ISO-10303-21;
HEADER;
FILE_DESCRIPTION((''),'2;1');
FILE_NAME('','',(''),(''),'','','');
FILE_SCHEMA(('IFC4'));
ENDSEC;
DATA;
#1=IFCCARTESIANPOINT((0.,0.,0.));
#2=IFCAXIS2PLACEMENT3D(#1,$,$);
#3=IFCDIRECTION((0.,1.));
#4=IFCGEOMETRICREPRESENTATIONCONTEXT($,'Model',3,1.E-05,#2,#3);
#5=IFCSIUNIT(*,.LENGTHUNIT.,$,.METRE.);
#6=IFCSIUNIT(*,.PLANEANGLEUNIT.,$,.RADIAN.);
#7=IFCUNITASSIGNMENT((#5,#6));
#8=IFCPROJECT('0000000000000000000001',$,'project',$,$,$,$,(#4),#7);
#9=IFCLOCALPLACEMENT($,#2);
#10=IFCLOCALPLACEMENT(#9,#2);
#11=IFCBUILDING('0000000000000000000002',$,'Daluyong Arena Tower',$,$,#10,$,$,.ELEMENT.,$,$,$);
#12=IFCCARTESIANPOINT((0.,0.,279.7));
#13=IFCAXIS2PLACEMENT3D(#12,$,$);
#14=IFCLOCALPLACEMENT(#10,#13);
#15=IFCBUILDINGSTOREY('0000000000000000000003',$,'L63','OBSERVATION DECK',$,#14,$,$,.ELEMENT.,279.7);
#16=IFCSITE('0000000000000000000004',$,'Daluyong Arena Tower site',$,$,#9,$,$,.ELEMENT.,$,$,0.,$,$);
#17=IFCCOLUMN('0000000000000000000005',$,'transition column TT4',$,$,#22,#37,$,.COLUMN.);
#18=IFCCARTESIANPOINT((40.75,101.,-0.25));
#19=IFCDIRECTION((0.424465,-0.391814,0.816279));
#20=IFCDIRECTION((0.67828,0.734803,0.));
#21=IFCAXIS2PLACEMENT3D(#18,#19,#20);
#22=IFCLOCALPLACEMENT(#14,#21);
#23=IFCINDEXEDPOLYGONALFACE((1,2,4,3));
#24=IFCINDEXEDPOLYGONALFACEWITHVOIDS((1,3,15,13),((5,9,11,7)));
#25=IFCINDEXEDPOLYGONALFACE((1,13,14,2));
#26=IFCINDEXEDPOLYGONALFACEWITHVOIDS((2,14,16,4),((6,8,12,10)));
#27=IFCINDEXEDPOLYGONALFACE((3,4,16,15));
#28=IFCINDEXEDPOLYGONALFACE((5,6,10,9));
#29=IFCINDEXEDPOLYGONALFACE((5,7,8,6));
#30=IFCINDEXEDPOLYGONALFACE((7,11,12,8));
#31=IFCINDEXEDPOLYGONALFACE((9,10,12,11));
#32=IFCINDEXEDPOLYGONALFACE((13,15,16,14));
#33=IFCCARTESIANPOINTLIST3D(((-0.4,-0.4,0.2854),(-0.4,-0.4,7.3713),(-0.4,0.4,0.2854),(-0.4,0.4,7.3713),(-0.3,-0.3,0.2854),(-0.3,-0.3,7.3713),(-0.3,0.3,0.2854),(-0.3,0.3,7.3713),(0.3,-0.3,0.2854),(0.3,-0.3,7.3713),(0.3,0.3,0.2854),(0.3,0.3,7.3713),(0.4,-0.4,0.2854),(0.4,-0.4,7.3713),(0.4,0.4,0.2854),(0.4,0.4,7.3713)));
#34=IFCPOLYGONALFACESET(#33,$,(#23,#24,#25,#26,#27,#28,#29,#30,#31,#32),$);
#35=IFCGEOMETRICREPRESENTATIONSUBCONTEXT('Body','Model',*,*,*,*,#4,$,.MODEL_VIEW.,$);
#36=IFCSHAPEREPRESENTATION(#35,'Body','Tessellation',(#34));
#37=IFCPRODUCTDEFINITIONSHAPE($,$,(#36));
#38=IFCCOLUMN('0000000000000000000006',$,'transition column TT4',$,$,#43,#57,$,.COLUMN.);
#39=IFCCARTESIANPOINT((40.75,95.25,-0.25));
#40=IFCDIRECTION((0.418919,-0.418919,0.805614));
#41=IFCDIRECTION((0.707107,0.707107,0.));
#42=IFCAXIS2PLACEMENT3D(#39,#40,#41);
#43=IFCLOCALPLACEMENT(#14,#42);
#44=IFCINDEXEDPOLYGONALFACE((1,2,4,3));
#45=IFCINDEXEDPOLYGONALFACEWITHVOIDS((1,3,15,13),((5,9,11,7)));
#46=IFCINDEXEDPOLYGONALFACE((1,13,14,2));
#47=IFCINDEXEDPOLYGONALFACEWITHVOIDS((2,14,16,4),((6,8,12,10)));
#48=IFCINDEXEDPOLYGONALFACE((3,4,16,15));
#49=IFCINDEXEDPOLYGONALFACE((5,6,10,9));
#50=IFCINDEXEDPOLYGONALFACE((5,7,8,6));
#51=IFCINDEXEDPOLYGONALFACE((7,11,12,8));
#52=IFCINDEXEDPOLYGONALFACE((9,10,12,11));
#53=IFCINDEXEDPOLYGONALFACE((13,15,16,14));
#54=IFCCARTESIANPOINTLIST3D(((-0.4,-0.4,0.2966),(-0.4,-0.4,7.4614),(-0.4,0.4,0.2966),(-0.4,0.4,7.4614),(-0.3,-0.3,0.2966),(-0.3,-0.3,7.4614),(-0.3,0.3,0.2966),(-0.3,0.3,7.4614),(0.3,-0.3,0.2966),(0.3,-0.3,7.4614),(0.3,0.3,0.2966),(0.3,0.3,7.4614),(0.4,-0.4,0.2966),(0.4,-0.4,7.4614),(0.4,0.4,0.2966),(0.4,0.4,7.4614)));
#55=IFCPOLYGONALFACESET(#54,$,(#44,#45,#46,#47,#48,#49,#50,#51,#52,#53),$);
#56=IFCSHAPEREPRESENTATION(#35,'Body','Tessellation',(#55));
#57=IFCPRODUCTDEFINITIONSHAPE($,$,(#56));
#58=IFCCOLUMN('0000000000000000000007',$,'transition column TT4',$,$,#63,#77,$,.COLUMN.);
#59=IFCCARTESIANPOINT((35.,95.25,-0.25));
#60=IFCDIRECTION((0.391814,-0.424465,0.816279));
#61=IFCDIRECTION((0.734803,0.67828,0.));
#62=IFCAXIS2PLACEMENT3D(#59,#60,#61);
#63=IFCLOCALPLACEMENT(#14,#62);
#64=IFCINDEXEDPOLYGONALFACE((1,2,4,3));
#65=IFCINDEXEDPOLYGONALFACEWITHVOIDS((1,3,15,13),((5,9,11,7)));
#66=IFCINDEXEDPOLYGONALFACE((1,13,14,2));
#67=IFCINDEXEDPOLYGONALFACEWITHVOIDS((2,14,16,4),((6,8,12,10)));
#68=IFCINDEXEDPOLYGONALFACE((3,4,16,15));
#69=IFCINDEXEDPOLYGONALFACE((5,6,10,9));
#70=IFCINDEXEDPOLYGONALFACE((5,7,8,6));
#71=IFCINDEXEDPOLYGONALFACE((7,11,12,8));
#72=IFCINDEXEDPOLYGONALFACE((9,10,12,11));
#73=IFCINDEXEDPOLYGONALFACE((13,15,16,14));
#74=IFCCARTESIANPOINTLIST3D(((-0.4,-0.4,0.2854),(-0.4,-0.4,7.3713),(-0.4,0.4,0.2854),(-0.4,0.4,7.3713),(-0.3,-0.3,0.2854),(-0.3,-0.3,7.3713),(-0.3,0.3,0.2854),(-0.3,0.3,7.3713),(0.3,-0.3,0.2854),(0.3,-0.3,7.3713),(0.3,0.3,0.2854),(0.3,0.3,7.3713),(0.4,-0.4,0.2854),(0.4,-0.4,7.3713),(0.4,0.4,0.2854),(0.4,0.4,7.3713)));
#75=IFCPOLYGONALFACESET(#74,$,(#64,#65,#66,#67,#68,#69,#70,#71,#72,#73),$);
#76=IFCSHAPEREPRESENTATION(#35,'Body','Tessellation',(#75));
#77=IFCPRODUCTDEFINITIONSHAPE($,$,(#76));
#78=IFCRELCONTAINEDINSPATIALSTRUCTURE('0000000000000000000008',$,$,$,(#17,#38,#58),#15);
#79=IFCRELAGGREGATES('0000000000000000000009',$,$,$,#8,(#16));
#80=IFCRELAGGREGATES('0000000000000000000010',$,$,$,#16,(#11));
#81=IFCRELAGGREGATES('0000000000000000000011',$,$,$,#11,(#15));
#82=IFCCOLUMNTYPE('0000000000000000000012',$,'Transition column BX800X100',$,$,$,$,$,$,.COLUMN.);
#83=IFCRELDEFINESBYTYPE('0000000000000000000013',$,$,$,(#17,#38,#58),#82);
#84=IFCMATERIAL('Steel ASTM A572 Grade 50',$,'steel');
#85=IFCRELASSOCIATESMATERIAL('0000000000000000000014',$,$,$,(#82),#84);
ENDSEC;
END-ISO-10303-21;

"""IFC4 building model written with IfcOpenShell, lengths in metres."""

from ifc_helpers import new_model, si_unit, direction, frame, origin, origin_2d, place, context, subcontext, project, spatial, hollow_rectangle, extrude, clip, halfspace, material, material_profile, profile_set, type_object, element, save


model = new_model("IFC4")

# Units and contexts
model_context = context("Model", 3, precision=1e-05, world=origin(), true_north=direction((0.0, 1.0)))
body_context = subcontext(model_context, "Body", "Model", "MODEL_VIEW")
ifc_project = project(units=[si_unit("LENGTHUNIT", "METRE"), si_unit("PLANEANGLEUNIT", "RADIAN")], contexts=[model_context])

# Site, building, storey
site_placement = place(None, origin())
site = spatial("IfcSite", under=ifc_project, at=site_placement, Name="Daluyong Arena Tower site", CompositionType="ELEMENT", RefElevation=0.0)
building_placement = place(site_placement, origin())
building = spatial("IfcBuilding", under=site, at=building_placement, Name="Daluyong Arena Tower", CompositionType="ELEMENT")
storey_placement = place(building_placement, frame((0.0, 0.0, 279.7)))
storey = spatial("IfcBuildingStorey", under=building, at=storey_placement, Name="L63", Description="OBSERVATION DECK", CompositionType="ELEMENT", Elevation=279.7)

# Columns
ifc_material_1 = material(Name="Steel ASTM A572 Grade 50", Category="steel")
ifc_material_profile_1 = material_profile(ifc_material_1, hollow_rectangle(XDim=0.8, YDim=0.8, WallThickness=0.1, at=origin_2d()))
ifc_profile_set_1 = profile_set([ifc_material_profile_1], Name="Steel ASTM A572 Grade 50")
column_type_1 = type_object("IfcColumnType", Name="Transition column BX800X100", PredefinedType="COLUMN", material=ifc_profile_set_1)
column_1_placement = place(storey_placement, frame((40.75, 101.0, -0.25), z_axis=(0.424465, -0.391814, 0.816279), x_axis=(0.67828, 0.734803, 0.0)))
element("IfcColumn", 1, at=column_1_placement, inside=storey, type_object=column_type_1, Name="transition column TT4", PredefinedType="COLUMN", context=body_context, shape_type="Clipping", body=[
    clip(clip(extrude(hollow_rectangle(XDim=0.8, YDim=0.8, WallThickness=0.1, at=origin_2d()), origin(), (0.0, 0.0, 1.0), 7.6567), halfspace(frame((0.0, 0.0, 0.2854), z_axis=(0.0, 0.0, 1.0), x_axis=(1.0, 0.0, 0.0)), True)), halfspace(frame((0.0, 0.0, 7.3713), z_axis=(0.0, 0.0, -1.0), x_axis=(1.0, 0.0, 0.0)), True)),
])
column_2_placement = place(storey_placement, frame((40.75, 95.25, -0.25), z_axis=(0.418919, -0.418919, 0.805614), x_axis=(0.707107, 0.707107, 0.0)))
element("IfcColumn", 2, at=column_2_placement, inside=storey, type_object=column_type_1, Name="transition column TT4", PredefinedType="COLUMN", context=body_context, shape_type="Clipping", body=[
    clip(clip(extrude(hollow_rectangle(XDim=0.8, YDim=0.8, WallThickness=0.1, at=origin_2d()), origin(), (0.0, 0.0, 1.0), 7.7581), halfspace(frame((0.0, 0.0, 0.2966), z_axis=(0.0, 0.0, 1.0), x_axis=(1.0, 0.0, 0.0)), True)), halfspace(frame((0.0, 0.0, 7.4614), z_axis=(0.0, 0.0, -1.0), x_axis=(1.0, 0.0, 0.0)), True)),
])
column_3_placement = place(storey_placement, frame((35.0, 95.25, -0.25), z_axis=(0.391814, -0.424465, 0.816279), x_axis=(0.734803, 0.67828, 0.0)))
element("IfcColumn", 3, at=column_3_placement, inside=storey, type_object=column_type_1, Name="transition column TT4", PredefinedType="COLUMN", context=body_context, shape_type="Clipping", body=[
    clip(clip(extrude(hollow_rectangle(XDim=0.8, YDim=0.8, WallThickness=0.1, at=origin_2d()), origin(), (0.0, 0.0, 1.0), 7.6567), halfspace(frame((0.0, 0.0, 0.2854), z_axis=(0.0, 0.0, 1.0), x_axis=(1.0, 0.0, 0.0)), True)), halfspace(frame((0.0, 0.0, 7.3713), z_axis=(0.0, 0.0, -1.0), x_axis=(1.0, 0.0, 0.0)), True)),
])

save(model, "model.ifc")
